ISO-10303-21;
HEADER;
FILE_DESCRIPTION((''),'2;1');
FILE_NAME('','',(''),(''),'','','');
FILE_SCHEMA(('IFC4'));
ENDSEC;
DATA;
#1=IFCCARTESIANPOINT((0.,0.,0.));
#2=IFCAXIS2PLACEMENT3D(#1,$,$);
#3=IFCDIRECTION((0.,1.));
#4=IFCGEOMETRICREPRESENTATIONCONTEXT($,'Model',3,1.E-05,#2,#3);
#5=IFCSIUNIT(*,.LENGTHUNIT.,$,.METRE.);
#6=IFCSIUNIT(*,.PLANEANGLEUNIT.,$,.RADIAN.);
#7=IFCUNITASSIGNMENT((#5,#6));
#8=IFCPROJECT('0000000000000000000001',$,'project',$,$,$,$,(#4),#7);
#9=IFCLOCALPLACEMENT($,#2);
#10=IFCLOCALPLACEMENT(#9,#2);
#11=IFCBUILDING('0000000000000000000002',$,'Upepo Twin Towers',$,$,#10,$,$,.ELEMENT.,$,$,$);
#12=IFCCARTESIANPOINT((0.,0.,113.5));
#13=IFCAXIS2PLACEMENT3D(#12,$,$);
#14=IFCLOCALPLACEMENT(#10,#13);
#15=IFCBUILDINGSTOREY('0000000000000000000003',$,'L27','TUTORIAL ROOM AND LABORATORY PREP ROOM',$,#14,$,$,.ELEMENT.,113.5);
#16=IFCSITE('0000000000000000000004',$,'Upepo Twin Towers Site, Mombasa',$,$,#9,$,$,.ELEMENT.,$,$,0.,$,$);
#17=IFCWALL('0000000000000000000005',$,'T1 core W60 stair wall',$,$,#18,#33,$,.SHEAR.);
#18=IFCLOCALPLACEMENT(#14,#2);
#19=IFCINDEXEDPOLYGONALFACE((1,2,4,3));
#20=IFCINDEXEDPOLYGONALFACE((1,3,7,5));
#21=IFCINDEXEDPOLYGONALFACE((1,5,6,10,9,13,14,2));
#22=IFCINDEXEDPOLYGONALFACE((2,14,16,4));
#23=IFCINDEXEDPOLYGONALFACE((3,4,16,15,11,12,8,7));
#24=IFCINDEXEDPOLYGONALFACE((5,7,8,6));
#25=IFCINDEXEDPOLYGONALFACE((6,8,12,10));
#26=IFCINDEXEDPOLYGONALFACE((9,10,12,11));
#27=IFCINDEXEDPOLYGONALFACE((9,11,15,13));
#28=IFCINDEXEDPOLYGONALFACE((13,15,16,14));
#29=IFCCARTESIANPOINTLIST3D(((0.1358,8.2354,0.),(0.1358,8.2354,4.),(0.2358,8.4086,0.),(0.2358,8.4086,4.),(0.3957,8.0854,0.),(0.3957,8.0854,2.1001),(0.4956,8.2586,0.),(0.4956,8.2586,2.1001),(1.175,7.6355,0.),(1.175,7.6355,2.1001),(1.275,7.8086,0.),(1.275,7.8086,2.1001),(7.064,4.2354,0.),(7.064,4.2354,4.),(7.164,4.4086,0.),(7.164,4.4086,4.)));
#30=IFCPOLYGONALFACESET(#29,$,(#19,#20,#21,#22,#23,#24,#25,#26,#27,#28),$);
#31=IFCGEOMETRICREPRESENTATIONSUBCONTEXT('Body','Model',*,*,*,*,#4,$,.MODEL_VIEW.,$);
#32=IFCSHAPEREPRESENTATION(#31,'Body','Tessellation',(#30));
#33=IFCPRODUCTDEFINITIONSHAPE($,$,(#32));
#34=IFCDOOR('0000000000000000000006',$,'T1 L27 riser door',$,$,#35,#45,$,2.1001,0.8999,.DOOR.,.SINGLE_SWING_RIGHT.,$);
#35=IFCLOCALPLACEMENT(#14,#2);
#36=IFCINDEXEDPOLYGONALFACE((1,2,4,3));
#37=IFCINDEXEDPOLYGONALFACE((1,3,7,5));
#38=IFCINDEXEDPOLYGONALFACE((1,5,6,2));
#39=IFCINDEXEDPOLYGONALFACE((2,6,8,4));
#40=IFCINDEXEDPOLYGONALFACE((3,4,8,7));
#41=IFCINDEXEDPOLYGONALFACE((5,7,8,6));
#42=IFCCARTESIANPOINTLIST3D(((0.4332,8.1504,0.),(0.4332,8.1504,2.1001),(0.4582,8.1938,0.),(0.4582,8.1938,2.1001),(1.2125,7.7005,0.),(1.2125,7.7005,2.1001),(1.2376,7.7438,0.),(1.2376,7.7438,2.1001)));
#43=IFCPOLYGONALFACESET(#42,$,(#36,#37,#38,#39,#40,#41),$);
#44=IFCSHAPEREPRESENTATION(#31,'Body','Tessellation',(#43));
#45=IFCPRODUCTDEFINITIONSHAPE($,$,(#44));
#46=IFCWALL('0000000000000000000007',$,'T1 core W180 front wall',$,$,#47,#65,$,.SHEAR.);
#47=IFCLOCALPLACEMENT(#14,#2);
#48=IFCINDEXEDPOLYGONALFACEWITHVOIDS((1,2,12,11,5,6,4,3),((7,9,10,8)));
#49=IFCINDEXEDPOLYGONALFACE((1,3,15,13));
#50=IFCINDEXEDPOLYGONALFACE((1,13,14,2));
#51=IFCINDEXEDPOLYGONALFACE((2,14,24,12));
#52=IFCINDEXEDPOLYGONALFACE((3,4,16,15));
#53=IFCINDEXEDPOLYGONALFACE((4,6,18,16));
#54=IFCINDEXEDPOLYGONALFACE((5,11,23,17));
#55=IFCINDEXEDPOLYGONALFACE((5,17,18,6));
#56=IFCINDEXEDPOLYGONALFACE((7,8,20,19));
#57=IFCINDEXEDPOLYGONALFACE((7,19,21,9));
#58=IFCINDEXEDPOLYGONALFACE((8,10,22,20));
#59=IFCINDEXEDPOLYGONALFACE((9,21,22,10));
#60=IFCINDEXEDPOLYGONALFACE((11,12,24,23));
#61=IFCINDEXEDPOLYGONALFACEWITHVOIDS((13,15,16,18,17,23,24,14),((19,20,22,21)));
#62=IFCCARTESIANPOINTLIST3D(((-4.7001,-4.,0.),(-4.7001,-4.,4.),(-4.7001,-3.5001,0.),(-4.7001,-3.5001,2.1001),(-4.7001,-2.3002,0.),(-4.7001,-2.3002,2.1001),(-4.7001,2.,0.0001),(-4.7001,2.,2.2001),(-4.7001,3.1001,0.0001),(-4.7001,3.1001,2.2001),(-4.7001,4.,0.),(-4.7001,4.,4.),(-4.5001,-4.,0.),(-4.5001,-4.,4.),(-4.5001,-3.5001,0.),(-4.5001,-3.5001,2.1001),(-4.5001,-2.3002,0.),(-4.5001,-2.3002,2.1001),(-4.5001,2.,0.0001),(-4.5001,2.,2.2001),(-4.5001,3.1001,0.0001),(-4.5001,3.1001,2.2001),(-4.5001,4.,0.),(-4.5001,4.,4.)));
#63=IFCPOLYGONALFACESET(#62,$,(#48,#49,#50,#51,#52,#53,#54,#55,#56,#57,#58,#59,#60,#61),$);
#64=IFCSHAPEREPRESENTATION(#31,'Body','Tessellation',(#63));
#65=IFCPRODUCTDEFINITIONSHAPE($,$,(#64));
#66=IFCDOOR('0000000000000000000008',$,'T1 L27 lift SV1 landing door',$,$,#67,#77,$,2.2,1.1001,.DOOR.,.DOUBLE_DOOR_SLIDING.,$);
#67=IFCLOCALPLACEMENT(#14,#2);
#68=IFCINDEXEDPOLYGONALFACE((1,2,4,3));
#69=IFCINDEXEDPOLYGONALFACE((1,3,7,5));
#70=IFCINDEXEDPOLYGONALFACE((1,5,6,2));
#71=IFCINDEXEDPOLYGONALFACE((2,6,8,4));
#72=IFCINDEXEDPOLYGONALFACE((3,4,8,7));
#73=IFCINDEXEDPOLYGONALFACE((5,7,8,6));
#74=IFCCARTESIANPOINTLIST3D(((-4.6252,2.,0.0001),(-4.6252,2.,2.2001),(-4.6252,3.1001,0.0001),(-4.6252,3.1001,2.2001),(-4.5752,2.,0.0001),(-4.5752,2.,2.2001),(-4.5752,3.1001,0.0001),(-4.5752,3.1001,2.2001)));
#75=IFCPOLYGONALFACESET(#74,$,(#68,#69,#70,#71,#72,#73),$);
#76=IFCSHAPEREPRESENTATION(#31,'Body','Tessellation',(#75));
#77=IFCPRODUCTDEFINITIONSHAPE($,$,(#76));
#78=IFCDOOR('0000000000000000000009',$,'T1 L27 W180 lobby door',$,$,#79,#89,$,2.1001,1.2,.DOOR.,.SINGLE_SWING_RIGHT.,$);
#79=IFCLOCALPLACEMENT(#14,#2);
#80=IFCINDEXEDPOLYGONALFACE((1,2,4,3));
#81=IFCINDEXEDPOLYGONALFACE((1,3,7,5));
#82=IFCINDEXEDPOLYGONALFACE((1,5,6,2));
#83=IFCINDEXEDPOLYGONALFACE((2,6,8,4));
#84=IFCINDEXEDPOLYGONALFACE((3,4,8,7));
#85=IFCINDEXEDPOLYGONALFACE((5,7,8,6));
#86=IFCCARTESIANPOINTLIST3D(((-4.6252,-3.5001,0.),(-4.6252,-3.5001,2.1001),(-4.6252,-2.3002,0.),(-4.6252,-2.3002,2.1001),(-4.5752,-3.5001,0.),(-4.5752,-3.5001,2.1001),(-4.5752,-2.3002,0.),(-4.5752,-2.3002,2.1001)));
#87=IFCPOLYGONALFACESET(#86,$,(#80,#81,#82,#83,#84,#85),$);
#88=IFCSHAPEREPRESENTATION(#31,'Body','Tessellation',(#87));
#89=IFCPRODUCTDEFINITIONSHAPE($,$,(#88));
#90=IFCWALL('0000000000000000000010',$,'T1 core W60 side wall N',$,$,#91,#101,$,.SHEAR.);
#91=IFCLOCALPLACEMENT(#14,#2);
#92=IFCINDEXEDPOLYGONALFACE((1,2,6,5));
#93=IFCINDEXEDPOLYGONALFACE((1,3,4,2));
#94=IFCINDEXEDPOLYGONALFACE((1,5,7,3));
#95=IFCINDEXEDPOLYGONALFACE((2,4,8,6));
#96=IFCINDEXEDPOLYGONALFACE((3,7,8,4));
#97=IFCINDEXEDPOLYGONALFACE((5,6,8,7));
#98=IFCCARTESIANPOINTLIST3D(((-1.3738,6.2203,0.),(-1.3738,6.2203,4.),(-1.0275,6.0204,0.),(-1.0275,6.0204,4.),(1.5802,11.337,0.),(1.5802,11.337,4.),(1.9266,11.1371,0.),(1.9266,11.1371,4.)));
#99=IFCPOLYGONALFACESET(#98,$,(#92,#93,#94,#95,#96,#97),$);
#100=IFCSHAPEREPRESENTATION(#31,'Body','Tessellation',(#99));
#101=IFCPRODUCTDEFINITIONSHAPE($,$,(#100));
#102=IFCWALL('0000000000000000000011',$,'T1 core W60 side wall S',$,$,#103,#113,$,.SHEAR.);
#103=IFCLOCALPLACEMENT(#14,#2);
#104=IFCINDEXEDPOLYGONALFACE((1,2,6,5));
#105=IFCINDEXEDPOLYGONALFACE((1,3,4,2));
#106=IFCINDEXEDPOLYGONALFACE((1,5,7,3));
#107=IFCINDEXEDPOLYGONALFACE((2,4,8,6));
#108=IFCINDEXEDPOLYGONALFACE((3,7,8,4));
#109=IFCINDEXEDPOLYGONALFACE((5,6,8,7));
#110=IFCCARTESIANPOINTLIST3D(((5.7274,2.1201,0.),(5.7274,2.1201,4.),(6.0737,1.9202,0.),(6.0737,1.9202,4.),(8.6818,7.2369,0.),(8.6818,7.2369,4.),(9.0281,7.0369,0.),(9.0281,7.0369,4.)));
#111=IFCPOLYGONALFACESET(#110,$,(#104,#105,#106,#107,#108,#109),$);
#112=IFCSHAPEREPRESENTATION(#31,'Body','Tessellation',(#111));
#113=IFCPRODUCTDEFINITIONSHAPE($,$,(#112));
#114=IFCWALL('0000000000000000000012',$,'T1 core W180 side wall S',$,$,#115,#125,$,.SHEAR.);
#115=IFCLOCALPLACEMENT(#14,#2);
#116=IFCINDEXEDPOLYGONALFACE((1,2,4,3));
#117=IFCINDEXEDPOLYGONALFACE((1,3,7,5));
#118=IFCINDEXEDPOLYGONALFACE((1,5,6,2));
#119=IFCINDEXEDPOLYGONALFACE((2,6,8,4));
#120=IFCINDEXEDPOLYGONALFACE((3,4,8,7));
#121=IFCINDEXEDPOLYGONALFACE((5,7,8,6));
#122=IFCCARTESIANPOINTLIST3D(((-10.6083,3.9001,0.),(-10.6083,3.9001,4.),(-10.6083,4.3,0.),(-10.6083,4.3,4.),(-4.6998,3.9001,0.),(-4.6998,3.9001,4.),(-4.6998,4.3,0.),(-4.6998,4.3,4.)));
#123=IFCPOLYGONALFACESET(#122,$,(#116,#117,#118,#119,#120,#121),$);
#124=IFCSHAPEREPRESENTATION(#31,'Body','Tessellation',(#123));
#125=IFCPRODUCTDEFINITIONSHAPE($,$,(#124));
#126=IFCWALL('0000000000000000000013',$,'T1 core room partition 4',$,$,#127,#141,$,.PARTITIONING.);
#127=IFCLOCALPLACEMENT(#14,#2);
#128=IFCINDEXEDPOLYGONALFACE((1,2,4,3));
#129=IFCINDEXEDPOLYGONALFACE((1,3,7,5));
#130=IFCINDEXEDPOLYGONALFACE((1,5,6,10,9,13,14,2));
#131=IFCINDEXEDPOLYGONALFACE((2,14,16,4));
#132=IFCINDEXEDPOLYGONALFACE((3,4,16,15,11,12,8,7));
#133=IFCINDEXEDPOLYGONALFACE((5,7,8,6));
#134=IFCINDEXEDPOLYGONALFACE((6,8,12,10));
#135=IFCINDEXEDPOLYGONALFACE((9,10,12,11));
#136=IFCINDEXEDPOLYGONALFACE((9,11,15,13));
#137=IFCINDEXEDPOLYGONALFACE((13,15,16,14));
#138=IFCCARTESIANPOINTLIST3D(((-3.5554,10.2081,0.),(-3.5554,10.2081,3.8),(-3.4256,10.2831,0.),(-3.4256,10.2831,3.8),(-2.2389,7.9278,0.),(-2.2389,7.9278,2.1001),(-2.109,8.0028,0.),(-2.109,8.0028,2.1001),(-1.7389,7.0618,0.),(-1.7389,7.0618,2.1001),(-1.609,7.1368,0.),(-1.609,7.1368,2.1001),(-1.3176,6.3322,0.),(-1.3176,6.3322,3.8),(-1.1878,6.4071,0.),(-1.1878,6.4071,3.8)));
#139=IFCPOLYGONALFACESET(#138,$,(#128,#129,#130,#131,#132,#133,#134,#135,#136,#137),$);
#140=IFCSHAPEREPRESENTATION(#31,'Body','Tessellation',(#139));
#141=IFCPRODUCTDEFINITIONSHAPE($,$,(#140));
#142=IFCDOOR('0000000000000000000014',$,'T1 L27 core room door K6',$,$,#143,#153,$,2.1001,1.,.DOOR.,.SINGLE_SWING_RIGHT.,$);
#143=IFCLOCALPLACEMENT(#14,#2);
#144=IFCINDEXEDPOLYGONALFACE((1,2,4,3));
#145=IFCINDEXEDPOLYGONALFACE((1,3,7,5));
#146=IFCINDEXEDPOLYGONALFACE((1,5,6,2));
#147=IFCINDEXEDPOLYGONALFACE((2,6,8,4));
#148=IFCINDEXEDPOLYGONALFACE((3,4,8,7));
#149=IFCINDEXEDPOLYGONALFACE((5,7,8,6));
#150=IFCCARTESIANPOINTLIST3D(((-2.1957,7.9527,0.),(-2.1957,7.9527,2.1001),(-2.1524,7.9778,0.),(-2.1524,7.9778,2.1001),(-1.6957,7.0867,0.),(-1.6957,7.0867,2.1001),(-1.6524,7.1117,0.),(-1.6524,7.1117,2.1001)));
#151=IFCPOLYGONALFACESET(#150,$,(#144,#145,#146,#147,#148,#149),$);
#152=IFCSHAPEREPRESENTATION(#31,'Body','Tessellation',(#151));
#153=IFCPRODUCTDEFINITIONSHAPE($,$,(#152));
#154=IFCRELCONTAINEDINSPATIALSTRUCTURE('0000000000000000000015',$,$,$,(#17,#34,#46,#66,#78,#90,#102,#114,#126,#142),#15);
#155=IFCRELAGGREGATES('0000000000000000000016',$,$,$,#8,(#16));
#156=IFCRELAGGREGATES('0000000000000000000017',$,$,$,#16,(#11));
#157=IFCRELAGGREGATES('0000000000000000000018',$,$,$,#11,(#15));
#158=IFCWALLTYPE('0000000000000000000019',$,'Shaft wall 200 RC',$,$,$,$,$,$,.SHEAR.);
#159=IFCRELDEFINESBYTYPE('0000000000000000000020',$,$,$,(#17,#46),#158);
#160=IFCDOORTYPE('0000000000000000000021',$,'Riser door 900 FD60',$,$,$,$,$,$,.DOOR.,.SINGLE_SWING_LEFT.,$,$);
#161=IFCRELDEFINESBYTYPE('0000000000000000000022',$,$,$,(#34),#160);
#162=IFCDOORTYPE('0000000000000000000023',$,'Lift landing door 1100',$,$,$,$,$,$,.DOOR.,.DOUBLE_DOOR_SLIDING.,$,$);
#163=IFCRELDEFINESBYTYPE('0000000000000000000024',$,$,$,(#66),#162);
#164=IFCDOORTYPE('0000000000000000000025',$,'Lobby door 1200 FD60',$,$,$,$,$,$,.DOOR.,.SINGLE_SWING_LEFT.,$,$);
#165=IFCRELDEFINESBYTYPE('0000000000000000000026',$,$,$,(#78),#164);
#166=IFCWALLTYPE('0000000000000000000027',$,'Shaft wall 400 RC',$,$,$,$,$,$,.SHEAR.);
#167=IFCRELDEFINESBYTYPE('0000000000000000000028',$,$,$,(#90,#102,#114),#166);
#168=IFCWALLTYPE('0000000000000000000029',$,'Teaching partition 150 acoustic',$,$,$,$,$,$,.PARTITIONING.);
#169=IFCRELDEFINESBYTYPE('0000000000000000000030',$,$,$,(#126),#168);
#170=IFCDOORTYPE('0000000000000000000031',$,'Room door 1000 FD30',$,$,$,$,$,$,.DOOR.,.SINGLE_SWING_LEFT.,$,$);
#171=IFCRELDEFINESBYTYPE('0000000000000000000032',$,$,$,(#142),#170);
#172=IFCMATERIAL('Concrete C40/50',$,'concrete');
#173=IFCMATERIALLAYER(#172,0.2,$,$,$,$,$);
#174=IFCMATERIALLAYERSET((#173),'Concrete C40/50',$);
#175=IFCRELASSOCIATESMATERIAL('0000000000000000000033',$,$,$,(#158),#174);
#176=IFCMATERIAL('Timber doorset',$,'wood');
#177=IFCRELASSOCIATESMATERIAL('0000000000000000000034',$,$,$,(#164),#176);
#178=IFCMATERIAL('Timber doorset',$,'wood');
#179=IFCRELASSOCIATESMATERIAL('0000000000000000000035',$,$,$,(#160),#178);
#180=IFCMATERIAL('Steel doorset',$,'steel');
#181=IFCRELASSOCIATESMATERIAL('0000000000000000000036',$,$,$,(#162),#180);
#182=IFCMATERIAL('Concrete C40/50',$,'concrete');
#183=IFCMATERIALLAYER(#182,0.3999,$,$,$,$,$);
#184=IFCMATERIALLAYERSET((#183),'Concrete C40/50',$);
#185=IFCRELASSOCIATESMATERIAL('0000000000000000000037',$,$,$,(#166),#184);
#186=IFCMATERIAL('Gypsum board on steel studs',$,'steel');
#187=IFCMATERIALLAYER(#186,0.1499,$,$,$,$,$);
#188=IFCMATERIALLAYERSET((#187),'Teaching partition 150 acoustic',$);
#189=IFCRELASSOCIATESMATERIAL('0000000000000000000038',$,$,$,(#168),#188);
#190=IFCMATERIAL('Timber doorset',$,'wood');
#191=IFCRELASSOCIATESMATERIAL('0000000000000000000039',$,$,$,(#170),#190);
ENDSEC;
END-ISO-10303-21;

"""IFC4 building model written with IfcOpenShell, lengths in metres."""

from ifc_helpers import new_model, si_unit, direction, frame, frame_2d, origin, place, context, subcontext, project, spatial, rectangle, extrude, material, layer, layer_set, type_object, element, fill, save


model = new_model("IFC4")

# Units and contexts
model_context = context("Model", 3, precision=1e-05, world=origin(), true_north=direction((0.0, 1.0)))
body_context = subcontext(model_context, "Body", "Model", "MODEL_VIEW")
ifc_project = project(units=[si_unit("LENGTHUNIT", "METRE"), si_unit("PLANEANGLEUNIT", "RADIAN")], contexts=[model_context])

# Site, building, storey
site_placement = place(None, origin())
site = spatial("IfcSite", under=ifc_project, at=site_placement, Name="Upepo Twin Towers Site, Mombasa", CompositionType="ELEMENT", RefElevation=0.0)
building_placement = place(site_placement, origin())
building = spatial("IfcBuilding", under=site, at=building_placement, Name="Upepo Twin Towers", CompositionType="ELEMENT")
storey_placement = place(building_placement, frame((0.0, 0.0, 113.5)))
storey = spatial("IfcBuildingStorey", under=building, at=storey_placement, Name="L27", Description="TUTORIAL ROOM AND LABORATORY PREP ROOM", CompositionType="ELEMENT", Elevation=113.5)

# Shared definitions
ifc_material_1 = material(Name="Concrete C40/50", Category="concrete")
ifc_layer_1 = layer(ifc_material_1, 0.2)
ifc_layer_set_1 = layer_set([ifc_layer_1], Name="Concrete C40/50")
wall_type_1 = type_object("IfcWallType", Name="Shaft wall 200 RC", PredefinedType="SHEAR", material=ifc_layer_set_1)
ifc_material_2 = material(Name="Timber doorset", Category="wood")
door_type_1 = type_object("IfcDoorType", Name="Lobby door 1200 FD60", OperationType="SINGLE_SWING_LEFT", PredefinedType="DOOR", material=ifc_material_2)

# Wall, opening, door
wall_1_placement = place(storey_placement, frame((7.114, 4.322, 0.0), z_axis=(0.0, 0.0, 1.0), x_axis=(-0.866026, 0.499999, 0.0)))
wall_1 = element("IfcWall", 1, at=wall_1_placement, inside=storey, type_object=wall_type_1, Name="T1 core W60 stair wall", PredefinedType="SHEAR", context=body_context, shape_type="SweptSolid", body=[
    extrude(rectangle(XDim=8.0, YDim=0.2, at=frame_2d((4.0, 0.0))), origin(), (0.0, 0.0, 1.0), 4.0),
])
opening_1_placement = place(wall_1_placement, frame((6.8, 0.0, 0.0)))
opening_1 = element("IfcOpeningElement", 2, at=opening_1_placement, cuts=wall_1, PredefinedType="OPENING", context=body_context, shape_type="SweptSolid", body=[
    extrude(rectangle(XDim=0.8999, YDim=2.1001, at=frame_2d((0.45, 1.05))), frame((0.0, 0.1099, 0.0), z_axis=(0.0, -1.0, 0.0), x_axis=(1.0, 0.0, 0.0)), (0.0, 0.0, 1.0), 0.22),
])
ifc_material_3 = material(Name="Timber doorset", Category="wood")
door_type_2 = type_object("IfcDoorType", Name="Riser door 900 FD60", OperationType="SINGLE_SWING_LEFT", PredefinedType="DOOR", material=ifc_material_3)
door_1_placement = place(opening_1_placement, origin())
door_1 = element("IfcDoor", 3, at=door_1_placement, inside=storey, type_object=door_type_2, Name="T1 L27 riser door", OperationType="SINGLE_SWING_RIGHT", OverallHeight=2.1001, OverallWidth=0.8999, PredefinedType="DOOR", context=body_context, shape_type="SweptSolid", body=[
    extrude(rectangle(XDim=0.8999, YDim=2.1001, at=frame_2d((0.45, 1.05))), frame((0.0, 0.0249, 0.0), z_axis=(0.0, -1.0, 0.0), x_axis=(1.0, 0.0, 0.0)), (0.0, 0.0, 1.0), 0.05),
])
fill(opening_1, door_1)

# Wall, openings, doors
wall_2_placement = place(storey_placement, frame((-4.6001, 4.0, 0.0), z_axis=(0.0, 0.0, 1.0), x_axis=(0.0, -1.0, 0.0)))
wall_2 = element("IfcWall", 4, at=wall_2_placement, inside=storey, type_object=wall_type_1, Name="T1 core W180 front wall", PredefinedType="SHEAR", context=body_context, shape_type="SweptSolid", body=[
    extrude(rectangle(XDim=8.0, YDim=0.2, at=frame_2d((4.0, 0.0))), origin(), (0.0, 0.0, 1.0), 4.0),
])
opening_2_placement = place(wall_2_placement, frame((6.3, 0.0, 0.0)))
opening_2 = element("IfcOpeningElement", 5, at=opening_2_placement, cuts=wall_2, PredefinedType="OPENING", context=body_context, shape_type="SweptSolid", body=[
    extrude(rectangle(XDim=1.2, YDim=2.1001, at=frame_2d((0.6001, 1.05))), frame((0.0, 0.1099, 0.0), z_axis=(0.0, -1.0, 0.0), x_axis=(1.0, 0.0, 0.0)), (0.0, 0.0, 1.0), 0.22),
])
opening_3_placement = place(wall_2_placement, frame((0.8999, 0.0, 0.0)))
opening_3 = element("IfcOpeningElement", 6, at=opening_3_placement, cuts=wall_2, PredefinedType="OPENING", context=body_context, shape_type="SweptSolid", body=[
    extrude(rectangle(XDim=1.1001, YDim=2.2, at=frame_2d((0.55, 1.1001))), frame((0.0, 0.1099, 0.0), z_axis=(0.0, -1.0, 0.0), x_axis=(1.0, 0.0, 0.0)), (0.0, 0.0, 1.0), 0.22),
])
ifc_material_4 = material(Name="Steel doorset", Category="steel")
door_type_3 = type_object("IfcDoorType", Name="Lift landing door 1100", OperationType="DOUBLE_DOOR_SLIDING", PredefinedType="DOOR", material=ifc_material_4)
door_2_placement = place(opening_3_placement, origin())
door_2 = element("IfcDoor", 7, at=door_2_placement, inside=storey, type_object=door_type_3, Name="T1 L27 lift SV1 landing door", OperationType="DOUBLE_DOOR_SLIDING", OverallHeight=2.2, OverallWidth=1.1001, PredefinedType="DOOR", context=body_context, shape_type="SweptSolid", body=[
    extrude(rectangle(XDim=1.1001, YDim=2.2, at=frame_2d((0.55, 1.1001))), frame((0.0, 0.0249, 0.0), z_axis=(0.0, -1.0, 0.0), x_axis=(1.0, 0.0, 0.0)), (0.0, 0.0, 1.0), 0.05),
])
fill(opening_3, door_2)
door_3_placement = place(opening_2_placement, origin())
door_3 = element("IfcDoor", 8, at=door_3_placement, inside=storey, type_object=door_type_1, Name="T1 L27 W180 lobby door", OperationType="SINGLE_SWING_RIGHT", OverallHeight=2.1001, OverallWidth=1.2, PredefinedType="DOOR", context=body_context, shape_type="SweptSolid", body=[
    extrude(rectangle(XDim=1.2, YDim=2.1001, at=frame_2d((0.6001, 1.05))), frame((0.0, 0.0249, 0.0), z_axis=(0.0, -1.0, 0.0), x_axis=(1.0, 0.0, 0.0)), (0.0, 0.0, 1.0), 0.05),
])
fill(opening_2, door_3)

# Walls
ifc_material_5 = material(Name="Concrete C40/50", Category="concrete")
ifc_layer_2 = layer(ifc_material_5, 0.3999)
ifc_layer_set_2 = layer_set([ifc_layer_2], Name="Concrete C40/50")
wall_type_2 = type_object("IfcWallType", Name="Shaft wall 400 RC", PredefinedType="SHEAR", material=ifc_layer_set_2)
wall_3_placement = place(storey_placement, frame((-1.2007, 6.1204, 0.0), z_axis=(0.0, 0.0, 1.0), x_axis=(0.499997, 0.866027, 0.0)))
element("IfcWall", 9, at=wall_3_placement, inside=storey, type_object=wall_type_2, Name="T1 core W60 side wall N", PredefinedType="SHEAR", context=body_context, shape_type="SweptSolid", body=[
    extrude(rectangle(XDim=5.9082, YDim=0.3999, at=frame_2d((2.9541, 0.0))), origin(), (0.0, 0.0, 1.0), 4.0),
])
for number, where, z_axis, x_axis, name in (
    (10, (5.9006, 2.0203, 0.0), (0.0, 0.0, 1.0), (0.500028, 0.866009, 0.0), "T1 core W60 side wall S"),
    (11, (-4.7, 4.1001, 0.0), (0.0, 0.0, 1.0), (-1.0, 0.0, 0.0), "T1 core W180 side wall S"),
):
    element("IfcWall", number, at=place(storey_placement, frame(where, z_axis=z_axis, x_axis=x_axis)), inside=storey, type_object=wall_type_2, Name=name, PredefinedType="SHEAR", context=body_context, shape_type="SweptSolid", body=[
        extrude(rectangle(XDim=5.9084, YDim=0.3999, at=frame_2d((2.9541, 0.0))), origin(), (0.0, 0.0, 1.0), 4.0),
    ])

# Wall, opening, door
ifc_material_6 = material(Name="Gypsum board on steel studs", Category="steel")
ifc_layer_3 = layer(ifc_material_6, 0.1499)
ifc_layer_set_3 = layer_set([ifc_layer_3], Name="Teaching partition 150 acoustic")
wall_type_3 = type_object("IfcWallType", Name="Teaching partition 150 acoustic", PredefinedType="PARTITIONING", material=ifc_layer_set_3)
wall_4_placement = place(storey_placement, frame((-3.4905, 10.2456, 0.0), z_axis=(0.0, 0.0, 1.0), x_axis=(0.499999, -0.866026, 0.0)))
wall_4 = element("IfcWall", 12, at=wall_4_placement, inside=storey, type_object=wall_type_3, Name="T1 core room partition 4", PredefinedType="PARTITIONING", context=body_context, shape_type="SweptSolid", body=[
    extrude(rectangle(XDim=4.4756, YDim=0.1499, at=frame_2d((2.2378, 0.0))), origin(), (0.0, 0.0, 1.0), 3.8),
])
opening_4_placement = place(wall_4_placement, frame((2.6331, 0.0, 0.0)))
opening_4 = element("IfcOpeningElement", 13, at=opening_4_placement, cuts=wall_4, PredefinedType="OPENING", context=body_context, shape_type="SweptSolid", body=[
    extrude(rectangle(XDim=1.0, YDim=2.1001, at=frame_2d((0.5, 1.05))), frame((0.0, 0.085, 0.0), z_axis=(0.0, -1.0, 0.0), x_axis=(1.0, 0.0, 0.0)), (0.0, 0.0, 1.0), 0.1699),
])
ifc_material_7 = material(Name="Timber doorset", Category="wood")
door_type_4 = type_object("IfcDoorType", Name="Room door 1000 FD30", OperationType="SINGLE_SWING_LEFT", PredefinedType="DOOR", material=ifc_material_7)
door_4_placement = place(opening_4_placement, origin())
door_4 = element("IfcDoor", 14, at=door_4_placement, inside=storey, type_object=door_type_4, Name="T1 L27 core room door K6", OperationType="SINGLE_SWING_RIGHT", OverallHeight=2.1001, OverallWidth=1.0, PredefinedType="DOOR", context=body_context, shape_type="SweptSolid", body=[
    extrude(rectangle(XDim=1.0, YDim=2.1001, at=frame_2d((0.5, 1.05))), frame((0.0, 0.0249, 0.0), z_axis=(0.0, -1.0, 0.0), x_axis=(1.0, 0.0, 0.0)), (0.0, 0.0, 1.0), 0.05),
])
fill(opening_4, door_4)

save(model, "model.ifc")
